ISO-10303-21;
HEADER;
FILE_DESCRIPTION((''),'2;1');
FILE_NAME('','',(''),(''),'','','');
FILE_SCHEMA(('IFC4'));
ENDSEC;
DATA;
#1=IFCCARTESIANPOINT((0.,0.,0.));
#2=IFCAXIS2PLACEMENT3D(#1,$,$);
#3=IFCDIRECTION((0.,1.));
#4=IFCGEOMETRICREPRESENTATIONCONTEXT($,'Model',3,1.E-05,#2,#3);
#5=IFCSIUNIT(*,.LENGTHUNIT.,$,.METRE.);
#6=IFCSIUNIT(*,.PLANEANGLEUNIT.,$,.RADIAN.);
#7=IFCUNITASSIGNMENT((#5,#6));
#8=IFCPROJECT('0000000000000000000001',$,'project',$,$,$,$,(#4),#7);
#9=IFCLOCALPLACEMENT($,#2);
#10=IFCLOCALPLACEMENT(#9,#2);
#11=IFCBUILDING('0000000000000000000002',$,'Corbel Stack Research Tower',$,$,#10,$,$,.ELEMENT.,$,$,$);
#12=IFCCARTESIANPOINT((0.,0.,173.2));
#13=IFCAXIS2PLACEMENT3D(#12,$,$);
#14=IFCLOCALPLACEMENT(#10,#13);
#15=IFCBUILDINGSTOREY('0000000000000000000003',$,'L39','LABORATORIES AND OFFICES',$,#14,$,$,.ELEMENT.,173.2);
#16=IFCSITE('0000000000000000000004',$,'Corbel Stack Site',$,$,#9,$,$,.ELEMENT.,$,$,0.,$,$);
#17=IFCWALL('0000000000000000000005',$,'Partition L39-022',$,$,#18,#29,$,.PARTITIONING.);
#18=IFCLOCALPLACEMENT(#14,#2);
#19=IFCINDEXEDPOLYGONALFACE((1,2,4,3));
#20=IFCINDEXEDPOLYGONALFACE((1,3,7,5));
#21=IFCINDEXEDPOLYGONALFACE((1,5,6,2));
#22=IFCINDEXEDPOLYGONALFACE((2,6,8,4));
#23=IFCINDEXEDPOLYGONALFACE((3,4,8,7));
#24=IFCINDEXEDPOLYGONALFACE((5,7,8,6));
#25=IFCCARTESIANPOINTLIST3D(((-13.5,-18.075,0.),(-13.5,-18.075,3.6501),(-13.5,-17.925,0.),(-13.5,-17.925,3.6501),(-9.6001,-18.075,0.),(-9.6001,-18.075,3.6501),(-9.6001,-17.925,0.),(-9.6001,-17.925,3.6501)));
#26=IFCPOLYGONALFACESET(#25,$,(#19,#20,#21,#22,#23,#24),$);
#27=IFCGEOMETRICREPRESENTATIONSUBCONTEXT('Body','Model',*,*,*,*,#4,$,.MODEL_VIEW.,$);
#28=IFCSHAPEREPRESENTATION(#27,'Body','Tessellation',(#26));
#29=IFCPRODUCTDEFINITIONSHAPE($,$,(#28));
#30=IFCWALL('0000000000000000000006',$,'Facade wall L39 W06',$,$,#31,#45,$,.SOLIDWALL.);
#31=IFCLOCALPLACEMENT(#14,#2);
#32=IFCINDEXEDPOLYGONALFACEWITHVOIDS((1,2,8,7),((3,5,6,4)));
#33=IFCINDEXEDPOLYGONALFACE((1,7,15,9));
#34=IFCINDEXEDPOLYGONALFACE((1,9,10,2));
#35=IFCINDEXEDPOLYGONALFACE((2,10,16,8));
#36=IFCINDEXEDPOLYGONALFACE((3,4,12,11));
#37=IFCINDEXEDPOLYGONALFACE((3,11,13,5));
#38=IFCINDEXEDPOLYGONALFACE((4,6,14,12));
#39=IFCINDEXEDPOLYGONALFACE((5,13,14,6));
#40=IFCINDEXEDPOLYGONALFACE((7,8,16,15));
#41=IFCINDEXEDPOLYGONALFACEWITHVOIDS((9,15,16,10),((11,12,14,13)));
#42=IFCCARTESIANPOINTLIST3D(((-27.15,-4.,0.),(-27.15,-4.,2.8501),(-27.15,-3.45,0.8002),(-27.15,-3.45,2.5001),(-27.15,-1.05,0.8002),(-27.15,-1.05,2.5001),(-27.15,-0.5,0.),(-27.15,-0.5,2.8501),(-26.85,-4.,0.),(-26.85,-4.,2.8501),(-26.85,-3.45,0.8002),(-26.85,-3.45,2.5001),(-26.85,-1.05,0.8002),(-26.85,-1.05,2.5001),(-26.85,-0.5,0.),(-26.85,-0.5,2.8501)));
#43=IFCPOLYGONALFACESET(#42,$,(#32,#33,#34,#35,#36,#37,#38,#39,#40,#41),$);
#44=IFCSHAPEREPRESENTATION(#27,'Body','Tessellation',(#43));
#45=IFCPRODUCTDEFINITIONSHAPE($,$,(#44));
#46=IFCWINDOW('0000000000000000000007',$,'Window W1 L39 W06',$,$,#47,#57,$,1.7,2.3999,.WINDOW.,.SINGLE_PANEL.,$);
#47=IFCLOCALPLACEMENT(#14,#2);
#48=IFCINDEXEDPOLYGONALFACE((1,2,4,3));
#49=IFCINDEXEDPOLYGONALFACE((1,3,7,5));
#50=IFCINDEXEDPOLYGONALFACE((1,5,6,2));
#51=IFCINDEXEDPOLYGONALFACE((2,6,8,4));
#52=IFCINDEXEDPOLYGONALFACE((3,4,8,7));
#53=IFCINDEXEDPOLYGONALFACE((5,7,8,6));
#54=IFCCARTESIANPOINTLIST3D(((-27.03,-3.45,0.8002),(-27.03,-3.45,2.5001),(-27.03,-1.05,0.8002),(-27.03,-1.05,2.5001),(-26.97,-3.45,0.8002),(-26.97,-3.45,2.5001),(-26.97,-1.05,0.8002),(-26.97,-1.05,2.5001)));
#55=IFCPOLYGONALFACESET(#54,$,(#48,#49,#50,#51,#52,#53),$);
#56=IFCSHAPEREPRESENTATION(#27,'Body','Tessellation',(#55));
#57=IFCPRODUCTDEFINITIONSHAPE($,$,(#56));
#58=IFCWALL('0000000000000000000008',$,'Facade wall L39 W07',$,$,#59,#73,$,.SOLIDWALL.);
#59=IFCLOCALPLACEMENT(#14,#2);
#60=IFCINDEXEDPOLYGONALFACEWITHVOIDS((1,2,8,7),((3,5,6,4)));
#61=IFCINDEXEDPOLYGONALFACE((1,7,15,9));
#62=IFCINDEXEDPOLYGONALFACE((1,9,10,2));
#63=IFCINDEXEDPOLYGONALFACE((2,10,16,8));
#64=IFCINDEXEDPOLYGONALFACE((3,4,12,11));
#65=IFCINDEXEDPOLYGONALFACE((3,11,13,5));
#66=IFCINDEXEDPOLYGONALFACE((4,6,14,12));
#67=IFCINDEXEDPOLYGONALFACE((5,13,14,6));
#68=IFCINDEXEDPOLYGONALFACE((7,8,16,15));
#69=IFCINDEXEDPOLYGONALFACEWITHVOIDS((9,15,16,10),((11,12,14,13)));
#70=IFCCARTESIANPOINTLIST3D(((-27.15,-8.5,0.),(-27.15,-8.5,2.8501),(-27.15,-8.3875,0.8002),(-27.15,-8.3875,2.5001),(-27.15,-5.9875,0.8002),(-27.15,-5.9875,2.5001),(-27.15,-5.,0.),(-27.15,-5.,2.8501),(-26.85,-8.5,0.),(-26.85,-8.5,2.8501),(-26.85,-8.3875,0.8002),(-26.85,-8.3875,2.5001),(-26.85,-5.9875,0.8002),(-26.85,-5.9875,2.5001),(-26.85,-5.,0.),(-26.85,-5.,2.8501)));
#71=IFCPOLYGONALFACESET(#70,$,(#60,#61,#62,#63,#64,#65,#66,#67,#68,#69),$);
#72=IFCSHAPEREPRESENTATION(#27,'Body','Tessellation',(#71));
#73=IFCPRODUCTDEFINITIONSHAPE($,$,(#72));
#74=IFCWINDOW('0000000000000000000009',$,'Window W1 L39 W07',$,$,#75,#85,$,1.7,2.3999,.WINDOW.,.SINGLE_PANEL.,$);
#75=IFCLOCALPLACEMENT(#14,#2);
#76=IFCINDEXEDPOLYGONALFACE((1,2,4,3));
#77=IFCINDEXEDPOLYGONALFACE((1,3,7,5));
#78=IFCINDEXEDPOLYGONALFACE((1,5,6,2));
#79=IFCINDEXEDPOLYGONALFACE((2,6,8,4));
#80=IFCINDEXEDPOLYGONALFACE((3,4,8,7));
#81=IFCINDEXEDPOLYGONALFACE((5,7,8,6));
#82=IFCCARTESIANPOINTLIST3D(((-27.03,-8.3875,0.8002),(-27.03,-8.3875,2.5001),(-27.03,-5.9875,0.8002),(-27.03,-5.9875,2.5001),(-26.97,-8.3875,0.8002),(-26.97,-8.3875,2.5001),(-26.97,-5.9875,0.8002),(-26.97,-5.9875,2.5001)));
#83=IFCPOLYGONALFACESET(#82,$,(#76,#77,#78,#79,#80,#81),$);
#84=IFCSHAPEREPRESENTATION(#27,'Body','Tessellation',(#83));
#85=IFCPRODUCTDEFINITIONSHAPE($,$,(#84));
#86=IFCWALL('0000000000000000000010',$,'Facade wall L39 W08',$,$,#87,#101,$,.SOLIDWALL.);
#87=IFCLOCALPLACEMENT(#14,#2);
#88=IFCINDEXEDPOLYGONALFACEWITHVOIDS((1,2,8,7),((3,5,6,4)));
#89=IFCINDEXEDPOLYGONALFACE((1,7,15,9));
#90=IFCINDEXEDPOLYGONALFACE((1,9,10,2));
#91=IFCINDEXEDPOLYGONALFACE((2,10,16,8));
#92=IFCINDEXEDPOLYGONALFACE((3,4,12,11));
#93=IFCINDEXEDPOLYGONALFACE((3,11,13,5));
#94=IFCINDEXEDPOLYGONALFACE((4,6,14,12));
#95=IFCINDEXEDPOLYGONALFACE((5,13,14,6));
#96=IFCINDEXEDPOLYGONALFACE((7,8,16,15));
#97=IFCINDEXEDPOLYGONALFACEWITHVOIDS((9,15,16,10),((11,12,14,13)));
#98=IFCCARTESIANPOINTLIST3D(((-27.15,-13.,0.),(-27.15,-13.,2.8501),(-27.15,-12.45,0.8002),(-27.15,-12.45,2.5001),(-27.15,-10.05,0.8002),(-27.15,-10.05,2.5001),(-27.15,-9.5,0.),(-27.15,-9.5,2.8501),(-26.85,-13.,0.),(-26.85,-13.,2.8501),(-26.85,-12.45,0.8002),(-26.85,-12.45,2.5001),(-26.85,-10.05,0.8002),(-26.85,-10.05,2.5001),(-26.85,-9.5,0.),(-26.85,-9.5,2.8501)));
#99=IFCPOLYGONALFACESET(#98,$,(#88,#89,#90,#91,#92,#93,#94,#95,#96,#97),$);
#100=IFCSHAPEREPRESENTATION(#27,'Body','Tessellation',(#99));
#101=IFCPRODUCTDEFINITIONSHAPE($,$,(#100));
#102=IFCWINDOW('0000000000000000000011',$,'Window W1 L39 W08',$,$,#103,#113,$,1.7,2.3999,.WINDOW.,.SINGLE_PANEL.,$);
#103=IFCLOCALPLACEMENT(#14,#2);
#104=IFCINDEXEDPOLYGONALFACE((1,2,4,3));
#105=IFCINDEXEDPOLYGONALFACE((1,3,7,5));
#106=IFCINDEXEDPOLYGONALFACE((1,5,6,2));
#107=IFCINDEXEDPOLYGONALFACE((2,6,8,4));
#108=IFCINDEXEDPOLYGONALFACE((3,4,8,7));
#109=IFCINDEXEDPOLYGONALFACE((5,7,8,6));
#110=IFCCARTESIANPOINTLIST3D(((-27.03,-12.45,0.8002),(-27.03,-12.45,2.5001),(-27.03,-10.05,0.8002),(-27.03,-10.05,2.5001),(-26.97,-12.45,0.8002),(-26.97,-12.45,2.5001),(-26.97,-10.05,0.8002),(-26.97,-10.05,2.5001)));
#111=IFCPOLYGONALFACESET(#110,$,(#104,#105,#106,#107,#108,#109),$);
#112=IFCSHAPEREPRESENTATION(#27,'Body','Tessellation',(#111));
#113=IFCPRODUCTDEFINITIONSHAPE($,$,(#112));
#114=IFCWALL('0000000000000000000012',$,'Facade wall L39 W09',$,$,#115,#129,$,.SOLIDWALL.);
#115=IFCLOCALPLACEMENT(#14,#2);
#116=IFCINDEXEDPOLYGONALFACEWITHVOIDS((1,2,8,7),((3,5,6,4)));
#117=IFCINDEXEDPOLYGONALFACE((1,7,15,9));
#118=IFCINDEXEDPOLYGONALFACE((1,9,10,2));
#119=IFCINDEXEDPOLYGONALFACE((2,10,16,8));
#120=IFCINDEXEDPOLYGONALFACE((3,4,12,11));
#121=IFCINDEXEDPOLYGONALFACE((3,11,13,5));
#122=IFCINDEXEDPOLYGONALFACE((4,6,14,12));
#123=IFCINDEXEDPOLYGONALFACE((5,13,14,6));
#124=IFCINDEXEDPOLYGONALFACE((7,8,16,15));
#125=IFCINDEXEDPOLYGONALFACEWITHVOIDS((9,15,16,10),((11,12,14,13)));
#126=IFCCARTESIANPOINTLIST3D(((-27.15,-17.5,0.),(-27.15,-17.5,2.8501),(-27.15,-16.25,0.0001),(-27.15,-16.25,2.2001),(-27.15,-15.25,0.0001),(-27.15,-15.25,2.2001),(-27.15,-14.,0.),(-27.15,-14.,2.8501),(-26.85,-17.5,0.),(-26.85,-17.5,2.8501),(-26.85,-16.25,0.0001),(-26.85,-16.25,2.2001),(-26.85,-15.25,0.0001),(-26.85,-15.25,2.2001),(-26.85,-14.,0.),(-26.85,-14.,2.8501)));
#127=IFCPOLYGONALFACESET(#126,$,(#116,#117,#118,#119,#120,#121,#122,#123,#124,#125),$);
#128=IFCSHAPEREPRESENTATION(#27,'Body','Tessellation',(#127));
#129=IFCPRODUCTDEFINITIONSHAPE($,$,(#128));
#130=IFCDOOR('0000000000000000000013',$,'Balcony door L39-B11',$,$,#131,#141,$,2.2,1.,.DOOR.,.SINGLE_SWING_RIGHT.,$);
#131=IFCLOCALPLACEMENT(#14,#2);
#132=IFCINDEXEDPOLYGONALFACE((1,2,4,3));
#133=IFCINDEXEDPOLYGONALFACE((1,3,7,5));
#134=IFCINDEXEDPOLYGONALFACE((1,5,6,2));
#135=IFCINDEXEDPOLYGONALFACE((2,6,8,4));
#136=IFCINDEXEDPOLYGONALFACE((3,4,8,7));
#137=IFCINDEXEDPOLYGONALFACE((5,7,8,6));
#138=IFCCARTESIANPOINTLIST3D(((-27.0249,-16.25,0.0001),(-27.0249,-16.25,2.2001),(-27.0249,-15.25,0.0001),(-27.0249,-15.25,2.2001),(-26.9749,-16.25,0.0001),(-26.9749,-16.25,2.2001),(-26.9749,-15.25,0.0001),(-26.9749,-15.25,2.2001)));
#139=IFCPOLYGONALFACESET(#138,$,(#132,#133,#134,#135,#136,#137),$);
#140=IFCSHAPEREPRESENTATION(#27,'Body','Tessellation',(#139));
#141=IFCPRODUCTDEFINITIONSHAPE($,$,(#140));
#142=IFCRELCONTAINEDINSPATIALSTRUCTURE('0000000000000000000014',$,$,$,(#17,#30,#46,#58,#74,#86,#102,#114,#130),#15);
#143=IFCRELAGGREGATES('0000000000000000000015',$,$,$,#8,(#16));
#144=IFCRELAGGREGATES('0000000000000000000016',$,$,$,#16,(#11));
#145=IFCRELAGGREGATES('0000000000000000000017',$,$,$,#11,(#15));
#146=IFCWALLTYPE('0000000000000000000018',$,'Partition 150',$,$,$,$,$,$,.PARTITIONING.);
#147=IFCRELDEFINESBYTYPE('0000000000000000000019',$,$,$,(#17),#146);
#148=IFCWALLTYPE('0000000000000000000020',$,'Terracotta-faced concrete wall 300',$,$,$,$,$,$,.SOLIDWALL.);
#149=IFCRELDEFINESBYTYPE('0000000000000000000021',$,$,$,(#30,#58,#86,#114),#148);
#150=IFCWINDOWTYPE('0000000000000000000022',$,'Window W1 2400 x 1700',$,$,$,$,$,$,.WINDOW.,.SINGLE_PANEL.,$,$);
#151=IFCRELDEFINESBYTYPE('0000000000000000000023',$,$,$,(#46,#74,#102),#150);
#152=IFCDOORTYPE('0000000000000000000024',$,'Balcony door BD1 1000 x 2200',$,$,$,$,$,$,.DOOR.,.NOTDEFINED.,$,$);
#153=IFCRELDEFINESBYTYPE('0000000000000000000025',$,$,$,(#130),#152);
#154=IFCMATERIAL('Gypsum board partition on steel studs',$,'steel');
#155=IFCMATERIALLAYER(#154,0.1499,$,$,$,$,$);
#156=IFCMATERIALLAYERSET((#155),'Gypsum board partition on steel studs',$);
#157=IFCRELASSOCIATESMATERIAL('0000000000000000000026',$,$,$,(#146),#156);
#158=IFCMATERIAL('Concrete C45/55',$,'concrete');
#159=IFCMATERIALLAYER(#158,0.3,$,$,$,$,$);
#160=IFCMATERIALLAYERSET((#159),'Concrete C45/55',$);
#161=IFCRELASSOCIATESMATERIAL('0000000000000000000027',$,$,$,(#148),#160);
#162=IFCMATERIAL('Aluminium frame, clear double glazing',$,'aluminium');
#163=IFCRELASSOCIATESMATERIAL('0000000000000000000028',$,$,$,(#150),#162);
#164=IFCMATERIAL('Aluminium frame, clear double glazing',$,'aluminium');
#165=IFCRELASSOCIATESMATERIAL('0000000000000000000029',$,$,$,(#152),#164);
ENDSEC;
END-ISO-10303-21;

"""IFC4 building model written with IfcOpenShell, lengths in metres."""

from ifc_helpers import new_model, si_unit, direction, frame, frame_2d, origin, place, context, subcontext, project, spatial, rectangle, extrude, material, layer, layer_set, type_object, element, fill, save


model = new_model("IFC4")

# Units and contexts
model_context = context("Model", 3, precision=1e-05, world=origin(), true_north=direction((0.0, 1.0)))
body_context = subcontext(model_context, "Body", "Model", "MODEL_VIEW")
ifc_project = project(units=[si_unit("LENGTHUNIT", "METRE"), si_unit("PLANEANGLEUNIT", "RADIAN")], contexts=[model_context])

# Site, building, storey
site_placement = place(None, origin())
site = spatial("IfcSite", under=ifc_project, at=site_placement, Name="Corbel Stack Site", CompositionType="ELEMENT", RefElevation=0.0)
building_placement = place(site_placement, origin())
building = spatial("IfcBuilding", under=site, at=building_placement, Name="Corbel Stack Research Tower", CompositionType="ELEMENT")
storey_placement = place(building_placement, frame((0.0, 0.0, 173.2)))
storey = spatial("IfcBuildingStorey", under=building, at=storey_placement, Name="L39", Description="LABORATORIES AND OFFICES", CompositionType="ELEMENT", Elevation=173.2)

# Wall
ifc_material_1 = material(Name="Gypsum board partition on steel studs", Category="steel")
ifc_layer_1 = layer(ifc_material_1, 0.1499)
ifc_layer_set_1 = layer_set([ifc_layer_1], Name="Gypsum board partition on steel studs")
wall_type_1 = type_object("IfcWallType", Name="Partition 150", PredefinedType="PARTITIONING", material=ifc_layer_set_1)
wall_1_placement = place(storey_placement, frame((-13.5, -18.0, 0.0), z_axis=(0.0, 0.0, 1.0), x_axis=(1.0, 0.0, 0.0)))
element("IfcWall", 1, at=wall_1_placement, inside=storey, type_object=wall_type_1, Name="Partition L39-022", PredefinedType="PARTITIONING", context=body_context, shape_type="SweptSolid", body=[
    extrude(rectangle(XDim=3.8999, YDim=0.1499, at=frame_2d((1.95, 0.0))), origin(), (0.0, 0.0, 1.0), 3.6501),
])

# Walls, openings, windows
ifc_material_2 = material(Name="Concrete C45/55", Category="concrete")
ifc_layer_2 = layer(ifc_material_2, 0.3)
ifc_layer_set_2 = layer_set([ifc_layer_2], Name="Concrete C45/55")
wall_type_2 = type_object("IfcWallType", Name="Terracotta-faced concrete wall 300", PredefinedType="SOLIDWALL", material=ifc_layer_set_2)
wall_2_placement = place(storey_placement, frame((-27.0, -4.0, 0.0), z_axis=(0.0, 0.0, 1.0), x_axis=(0.0, 1.0, 0.0)))
wall_2 = element("IfcWall", 2, at=wall_2_placement, inside=storey, type_object=wall_type_2, Name="Facade wall L39 W06", PredefinedType="SOLIDWALL", context=body_context, shape_type="SweptSolid", body=[
    extrude(rectangle(XDim=3.5, YDim=0.3, at=frame_2d((1.75, 0.0))), origin(), (0.0, 0.0, 1.0), 2.8501),
])
opening_1_placement = place(wall_2_placement, frame((0.55, 0.0, 0.8)))
opening_1 = element("IfcOpeningElement", 3, at=opening_1_placement, cuts=wall_2, PredefinedType="OPENING", context=body_context, shape_type="SweptSolid", body=[
    extrude(rectangle(XDim=2.3999, YDim=1.7, at=frame_2d((1.2, 0.8501))), frame((0.0, 0.1599, 0.0), z_axis=(0.0, -1.0, 0.0), x_axis=(1.0, 0.0, 0.0)), (0.0, 0.0, 1.0), 0.3201),
])
ifc_material_3 = material(Name="Aluminium frame, clear double glazing", Category="aluminium")
window_type = type_object("IfcWindowType", Name="Window W1 2400 x 1700", PartitioningType="SINGLE_PANEL", PredefinedType="WINDOW", material=ifc_material_3)
window_1_placement = place(opening_1_placement, origin())
window_1 = element("IfcWindow", 4, at=window_1_placement, inside=storey, type_object=window_type, Name="Window W1 L39 W06", OverallHeight=1.7, OverallWidth=2.3999, PartitioningType="SINGLE_PANEL", PredefinedType="WINDOW", context=body_context, shape_type="SweptSolid", body=[
    extrude(rectangle(XDim=2.3999, YDim=1.7, at=frame_2d((1.2, 0.8501))), frame((0.0, 0.03, 0.0), z_axis=(0.0, -1.0, 0.0), x_axis=(1.0, 0.0, 0.0)), (0.0, 0.0, 1.0), 0.0601),
])
fill(opening_1, window_1)
wall_3_placement = place(storey_placement, frame((-27.0, -8.5, 0.0), z_axis=(0.0, 0.0, 1.0), x_axis=(0.0, 1.0, 0.0)))
wall_3 = element("IfcWall", 5, at=wall_3_placement, inside=storey, type_object=wall_type_2, Name="Facade wall L39 W07", PredefinedType="SOLIDWALL", context=body_context, shape_type="SweptSolid", body=[
    extrude(rectangle(XDim=3.5, YDim=0.3, at=frame_2d((1.75, 0.0))), origin(), (0.0, 0.0, 1.0), 2.8501),
])
opening_2_placement = place(wall_3_placement, frame((0.1125, 0.0, 0.8)))
opening_2 = element("IfcOpeningElement", 6, at=opening_2_placement, cuts=wall_3, PredefinedType="OPENING", context=body_context, shape_type="SweptSolid", body=[
    extrude(rectangle(XDim=2.3999, YDim=1.7, at=frame_2d((1.2, 0.8501))), frame((0.0, 0.1599, 0.0), z_axis=(0.0, -1.0, 0.0), x_axis=(1.0, 0.0, 0.0)), (0.0, 0.0, 1.0), 0.3201),
])
window_2_placement = place(opening_2_placement, origin())
window_2 = element("IfcWindow", 7, at=window_2_placement, inside=storey, type_object=window_type, Name="Window W1 L39 W07", OverallHeight=1.7, OverallWidth=2.3999, PartitioningType="SINGLE_PANEL", PredefinedType="WINDOW", context=body_context, shape_type="SweptSolid", body=[
    extrude(rectangle(XDim=2.3999, YDim=1.7, at=frame_2d((1.2, 0.8501))), frame((0.0, 0.03, 0.0), z_axis=(0.0, -1.0, 0.0), x_axis=(1.0, 0.0, 0.0)), (0.0, 0.0, 1.0), 0.0601),
])
fill(opening_2, window_2)
wall_4_placement = place(storey_placement, frame((-27.0, -13.0, 0.0), z_axis=(0.0, 0.0, 1.0), x_axis=(0.0, 1.0, 0.0)))
wall_4 = element("IfcWall", 8, at=wall_4_placement, inside=storey, type_object=wall_type_2, Name="Facade wall L39 W08", PredefinedType="SOLIDWALL", context=body_context, shape_type="SweptSolid", body=[
    extrude(rectangle(XDim=3.5, YDim=0.3, at=frame_2d((1.75, 0.0))), origin(), (0.0, 0.0, 1.0), 2.8501),
])
opening_3_placement = place(wall_4_placement, frame((0.55, 0.0, 0.8)))
opening_3 = element("IfcOpeningElement", 9, at=opening_3_placement, cuts=wall_4, PredefinedType="OPENING", context=body_context, shape_type="SweptSolid", body=[
    extrude(rectangle(XDim=2.3999, YDim=1.7, at=frame_2d((1.2, 0.8501))), frame((0.0, 0.1599, 0.0), z_axis=(0.0, -1.0, 0.0), x_axis=(1.0, 0.0, 0.0)), (0.0, 0.0, 1.0), 0.3201),
])
window_3_placement = place(opening_3_placement, origin())
window_3 = element("IfcWindow", 10, at=window_3_placement, inside=storey, type_object=window_type, Name="Window W1 L39 W08", OverallHeight=1.7, OverallWidth=2.3999, PartitioningType="SINGLE_PANEL", PredefinedType="WINDOW", context=body_context, shape_type="SweptSolid", body=[
    extrude(rectangle(XDim=2.3999, YDim=1.7, at=frame_2d((1.2, 0.8501))), frame((0.0, 0.03, 0.0), z_axis=(0.0, -1.0, 0.0), x_axis=(1.0, 0.0, 0.0)), (0.0, 0.0, 1.0), 0.0601),
])
fill(opening_3, window_3)

# Wall, opening, door
wall_5_placement = place(storey_placement, frame((-27.0, -17.5, 0.0), z_axis=(0.0, 0.0, 1.0), x_axis=(0.0, 1.0, 0.0)))
wall_5 = element("IfcWall", 11, at=wall_5_placement, inside=storey, type_object=wall_type_2, Name="Facade wall L39 W09", PredefinedType="SOLIDWALL", context=body_context, shape_type="SweptSolid", body=[
    extrude(rectangle(XDim=3.5, YDim=0.3, at=frame_2d((1.75, 0.0))), origin(), (0.0, 0.0, 1.0), 2.8501),
])
opening_4_placement = place(wall_5_placement, frame((1.25, 0.0, 0.0)))
opening_4 = element("IfcOpeningElement", 12, at=opening_4_placement, cuts=wall_5, PredefinedType="OPENING", context=body_context, shape_type="SweptSolid", body=[
    extrude(rectangle(XDim=1.0, YDim=2.2, at=frame_2d((0.5, 1.1001))), frame((0.0, 0.1599, 0.0), z_axis=(0.0, -1.0, 0.0), x_axis=(1.0, 0.0, 0.0)), (0.0, 0.0, 1.0), 0.3201),
])
ifc_material_4 = material(Name="Aluminium frame, clear double glazing", Category="aluminium")
door_type = type_object("IfcDoorType", Name="Balcony door BD1 1000 x 2200", OperationType="NOTDEFINED", PredefinedType="DOOR", material=ifc_material_4)
door_placement = place(opening_4_placement, origin())
door = element("IfcDoor", 13, at=door_placement, inside=storey, type_object=door_type, Name="Balcony door L39-B11", OperationType="SINGLE_SWING_RIGHT", OverallHeight=2.2, OverallWidth=1.0, PredefinedType="DOOR", context=body_context, shape_type="SweptSolid", body=[
    extrude(rectangle(XDim=1.0, YDim=2.2, at=frame_2d((0.5, 1.1001))), frame((0.0, 0.0249, 0.0), z_axis=(0.0, -1.0, 0.0), x_axis=(1.0, 0.0, 0.0)), (0.0, 0.0, 1.0), 0.05),
])
fill(opening_4, door)

save(model, "model.ifc")
